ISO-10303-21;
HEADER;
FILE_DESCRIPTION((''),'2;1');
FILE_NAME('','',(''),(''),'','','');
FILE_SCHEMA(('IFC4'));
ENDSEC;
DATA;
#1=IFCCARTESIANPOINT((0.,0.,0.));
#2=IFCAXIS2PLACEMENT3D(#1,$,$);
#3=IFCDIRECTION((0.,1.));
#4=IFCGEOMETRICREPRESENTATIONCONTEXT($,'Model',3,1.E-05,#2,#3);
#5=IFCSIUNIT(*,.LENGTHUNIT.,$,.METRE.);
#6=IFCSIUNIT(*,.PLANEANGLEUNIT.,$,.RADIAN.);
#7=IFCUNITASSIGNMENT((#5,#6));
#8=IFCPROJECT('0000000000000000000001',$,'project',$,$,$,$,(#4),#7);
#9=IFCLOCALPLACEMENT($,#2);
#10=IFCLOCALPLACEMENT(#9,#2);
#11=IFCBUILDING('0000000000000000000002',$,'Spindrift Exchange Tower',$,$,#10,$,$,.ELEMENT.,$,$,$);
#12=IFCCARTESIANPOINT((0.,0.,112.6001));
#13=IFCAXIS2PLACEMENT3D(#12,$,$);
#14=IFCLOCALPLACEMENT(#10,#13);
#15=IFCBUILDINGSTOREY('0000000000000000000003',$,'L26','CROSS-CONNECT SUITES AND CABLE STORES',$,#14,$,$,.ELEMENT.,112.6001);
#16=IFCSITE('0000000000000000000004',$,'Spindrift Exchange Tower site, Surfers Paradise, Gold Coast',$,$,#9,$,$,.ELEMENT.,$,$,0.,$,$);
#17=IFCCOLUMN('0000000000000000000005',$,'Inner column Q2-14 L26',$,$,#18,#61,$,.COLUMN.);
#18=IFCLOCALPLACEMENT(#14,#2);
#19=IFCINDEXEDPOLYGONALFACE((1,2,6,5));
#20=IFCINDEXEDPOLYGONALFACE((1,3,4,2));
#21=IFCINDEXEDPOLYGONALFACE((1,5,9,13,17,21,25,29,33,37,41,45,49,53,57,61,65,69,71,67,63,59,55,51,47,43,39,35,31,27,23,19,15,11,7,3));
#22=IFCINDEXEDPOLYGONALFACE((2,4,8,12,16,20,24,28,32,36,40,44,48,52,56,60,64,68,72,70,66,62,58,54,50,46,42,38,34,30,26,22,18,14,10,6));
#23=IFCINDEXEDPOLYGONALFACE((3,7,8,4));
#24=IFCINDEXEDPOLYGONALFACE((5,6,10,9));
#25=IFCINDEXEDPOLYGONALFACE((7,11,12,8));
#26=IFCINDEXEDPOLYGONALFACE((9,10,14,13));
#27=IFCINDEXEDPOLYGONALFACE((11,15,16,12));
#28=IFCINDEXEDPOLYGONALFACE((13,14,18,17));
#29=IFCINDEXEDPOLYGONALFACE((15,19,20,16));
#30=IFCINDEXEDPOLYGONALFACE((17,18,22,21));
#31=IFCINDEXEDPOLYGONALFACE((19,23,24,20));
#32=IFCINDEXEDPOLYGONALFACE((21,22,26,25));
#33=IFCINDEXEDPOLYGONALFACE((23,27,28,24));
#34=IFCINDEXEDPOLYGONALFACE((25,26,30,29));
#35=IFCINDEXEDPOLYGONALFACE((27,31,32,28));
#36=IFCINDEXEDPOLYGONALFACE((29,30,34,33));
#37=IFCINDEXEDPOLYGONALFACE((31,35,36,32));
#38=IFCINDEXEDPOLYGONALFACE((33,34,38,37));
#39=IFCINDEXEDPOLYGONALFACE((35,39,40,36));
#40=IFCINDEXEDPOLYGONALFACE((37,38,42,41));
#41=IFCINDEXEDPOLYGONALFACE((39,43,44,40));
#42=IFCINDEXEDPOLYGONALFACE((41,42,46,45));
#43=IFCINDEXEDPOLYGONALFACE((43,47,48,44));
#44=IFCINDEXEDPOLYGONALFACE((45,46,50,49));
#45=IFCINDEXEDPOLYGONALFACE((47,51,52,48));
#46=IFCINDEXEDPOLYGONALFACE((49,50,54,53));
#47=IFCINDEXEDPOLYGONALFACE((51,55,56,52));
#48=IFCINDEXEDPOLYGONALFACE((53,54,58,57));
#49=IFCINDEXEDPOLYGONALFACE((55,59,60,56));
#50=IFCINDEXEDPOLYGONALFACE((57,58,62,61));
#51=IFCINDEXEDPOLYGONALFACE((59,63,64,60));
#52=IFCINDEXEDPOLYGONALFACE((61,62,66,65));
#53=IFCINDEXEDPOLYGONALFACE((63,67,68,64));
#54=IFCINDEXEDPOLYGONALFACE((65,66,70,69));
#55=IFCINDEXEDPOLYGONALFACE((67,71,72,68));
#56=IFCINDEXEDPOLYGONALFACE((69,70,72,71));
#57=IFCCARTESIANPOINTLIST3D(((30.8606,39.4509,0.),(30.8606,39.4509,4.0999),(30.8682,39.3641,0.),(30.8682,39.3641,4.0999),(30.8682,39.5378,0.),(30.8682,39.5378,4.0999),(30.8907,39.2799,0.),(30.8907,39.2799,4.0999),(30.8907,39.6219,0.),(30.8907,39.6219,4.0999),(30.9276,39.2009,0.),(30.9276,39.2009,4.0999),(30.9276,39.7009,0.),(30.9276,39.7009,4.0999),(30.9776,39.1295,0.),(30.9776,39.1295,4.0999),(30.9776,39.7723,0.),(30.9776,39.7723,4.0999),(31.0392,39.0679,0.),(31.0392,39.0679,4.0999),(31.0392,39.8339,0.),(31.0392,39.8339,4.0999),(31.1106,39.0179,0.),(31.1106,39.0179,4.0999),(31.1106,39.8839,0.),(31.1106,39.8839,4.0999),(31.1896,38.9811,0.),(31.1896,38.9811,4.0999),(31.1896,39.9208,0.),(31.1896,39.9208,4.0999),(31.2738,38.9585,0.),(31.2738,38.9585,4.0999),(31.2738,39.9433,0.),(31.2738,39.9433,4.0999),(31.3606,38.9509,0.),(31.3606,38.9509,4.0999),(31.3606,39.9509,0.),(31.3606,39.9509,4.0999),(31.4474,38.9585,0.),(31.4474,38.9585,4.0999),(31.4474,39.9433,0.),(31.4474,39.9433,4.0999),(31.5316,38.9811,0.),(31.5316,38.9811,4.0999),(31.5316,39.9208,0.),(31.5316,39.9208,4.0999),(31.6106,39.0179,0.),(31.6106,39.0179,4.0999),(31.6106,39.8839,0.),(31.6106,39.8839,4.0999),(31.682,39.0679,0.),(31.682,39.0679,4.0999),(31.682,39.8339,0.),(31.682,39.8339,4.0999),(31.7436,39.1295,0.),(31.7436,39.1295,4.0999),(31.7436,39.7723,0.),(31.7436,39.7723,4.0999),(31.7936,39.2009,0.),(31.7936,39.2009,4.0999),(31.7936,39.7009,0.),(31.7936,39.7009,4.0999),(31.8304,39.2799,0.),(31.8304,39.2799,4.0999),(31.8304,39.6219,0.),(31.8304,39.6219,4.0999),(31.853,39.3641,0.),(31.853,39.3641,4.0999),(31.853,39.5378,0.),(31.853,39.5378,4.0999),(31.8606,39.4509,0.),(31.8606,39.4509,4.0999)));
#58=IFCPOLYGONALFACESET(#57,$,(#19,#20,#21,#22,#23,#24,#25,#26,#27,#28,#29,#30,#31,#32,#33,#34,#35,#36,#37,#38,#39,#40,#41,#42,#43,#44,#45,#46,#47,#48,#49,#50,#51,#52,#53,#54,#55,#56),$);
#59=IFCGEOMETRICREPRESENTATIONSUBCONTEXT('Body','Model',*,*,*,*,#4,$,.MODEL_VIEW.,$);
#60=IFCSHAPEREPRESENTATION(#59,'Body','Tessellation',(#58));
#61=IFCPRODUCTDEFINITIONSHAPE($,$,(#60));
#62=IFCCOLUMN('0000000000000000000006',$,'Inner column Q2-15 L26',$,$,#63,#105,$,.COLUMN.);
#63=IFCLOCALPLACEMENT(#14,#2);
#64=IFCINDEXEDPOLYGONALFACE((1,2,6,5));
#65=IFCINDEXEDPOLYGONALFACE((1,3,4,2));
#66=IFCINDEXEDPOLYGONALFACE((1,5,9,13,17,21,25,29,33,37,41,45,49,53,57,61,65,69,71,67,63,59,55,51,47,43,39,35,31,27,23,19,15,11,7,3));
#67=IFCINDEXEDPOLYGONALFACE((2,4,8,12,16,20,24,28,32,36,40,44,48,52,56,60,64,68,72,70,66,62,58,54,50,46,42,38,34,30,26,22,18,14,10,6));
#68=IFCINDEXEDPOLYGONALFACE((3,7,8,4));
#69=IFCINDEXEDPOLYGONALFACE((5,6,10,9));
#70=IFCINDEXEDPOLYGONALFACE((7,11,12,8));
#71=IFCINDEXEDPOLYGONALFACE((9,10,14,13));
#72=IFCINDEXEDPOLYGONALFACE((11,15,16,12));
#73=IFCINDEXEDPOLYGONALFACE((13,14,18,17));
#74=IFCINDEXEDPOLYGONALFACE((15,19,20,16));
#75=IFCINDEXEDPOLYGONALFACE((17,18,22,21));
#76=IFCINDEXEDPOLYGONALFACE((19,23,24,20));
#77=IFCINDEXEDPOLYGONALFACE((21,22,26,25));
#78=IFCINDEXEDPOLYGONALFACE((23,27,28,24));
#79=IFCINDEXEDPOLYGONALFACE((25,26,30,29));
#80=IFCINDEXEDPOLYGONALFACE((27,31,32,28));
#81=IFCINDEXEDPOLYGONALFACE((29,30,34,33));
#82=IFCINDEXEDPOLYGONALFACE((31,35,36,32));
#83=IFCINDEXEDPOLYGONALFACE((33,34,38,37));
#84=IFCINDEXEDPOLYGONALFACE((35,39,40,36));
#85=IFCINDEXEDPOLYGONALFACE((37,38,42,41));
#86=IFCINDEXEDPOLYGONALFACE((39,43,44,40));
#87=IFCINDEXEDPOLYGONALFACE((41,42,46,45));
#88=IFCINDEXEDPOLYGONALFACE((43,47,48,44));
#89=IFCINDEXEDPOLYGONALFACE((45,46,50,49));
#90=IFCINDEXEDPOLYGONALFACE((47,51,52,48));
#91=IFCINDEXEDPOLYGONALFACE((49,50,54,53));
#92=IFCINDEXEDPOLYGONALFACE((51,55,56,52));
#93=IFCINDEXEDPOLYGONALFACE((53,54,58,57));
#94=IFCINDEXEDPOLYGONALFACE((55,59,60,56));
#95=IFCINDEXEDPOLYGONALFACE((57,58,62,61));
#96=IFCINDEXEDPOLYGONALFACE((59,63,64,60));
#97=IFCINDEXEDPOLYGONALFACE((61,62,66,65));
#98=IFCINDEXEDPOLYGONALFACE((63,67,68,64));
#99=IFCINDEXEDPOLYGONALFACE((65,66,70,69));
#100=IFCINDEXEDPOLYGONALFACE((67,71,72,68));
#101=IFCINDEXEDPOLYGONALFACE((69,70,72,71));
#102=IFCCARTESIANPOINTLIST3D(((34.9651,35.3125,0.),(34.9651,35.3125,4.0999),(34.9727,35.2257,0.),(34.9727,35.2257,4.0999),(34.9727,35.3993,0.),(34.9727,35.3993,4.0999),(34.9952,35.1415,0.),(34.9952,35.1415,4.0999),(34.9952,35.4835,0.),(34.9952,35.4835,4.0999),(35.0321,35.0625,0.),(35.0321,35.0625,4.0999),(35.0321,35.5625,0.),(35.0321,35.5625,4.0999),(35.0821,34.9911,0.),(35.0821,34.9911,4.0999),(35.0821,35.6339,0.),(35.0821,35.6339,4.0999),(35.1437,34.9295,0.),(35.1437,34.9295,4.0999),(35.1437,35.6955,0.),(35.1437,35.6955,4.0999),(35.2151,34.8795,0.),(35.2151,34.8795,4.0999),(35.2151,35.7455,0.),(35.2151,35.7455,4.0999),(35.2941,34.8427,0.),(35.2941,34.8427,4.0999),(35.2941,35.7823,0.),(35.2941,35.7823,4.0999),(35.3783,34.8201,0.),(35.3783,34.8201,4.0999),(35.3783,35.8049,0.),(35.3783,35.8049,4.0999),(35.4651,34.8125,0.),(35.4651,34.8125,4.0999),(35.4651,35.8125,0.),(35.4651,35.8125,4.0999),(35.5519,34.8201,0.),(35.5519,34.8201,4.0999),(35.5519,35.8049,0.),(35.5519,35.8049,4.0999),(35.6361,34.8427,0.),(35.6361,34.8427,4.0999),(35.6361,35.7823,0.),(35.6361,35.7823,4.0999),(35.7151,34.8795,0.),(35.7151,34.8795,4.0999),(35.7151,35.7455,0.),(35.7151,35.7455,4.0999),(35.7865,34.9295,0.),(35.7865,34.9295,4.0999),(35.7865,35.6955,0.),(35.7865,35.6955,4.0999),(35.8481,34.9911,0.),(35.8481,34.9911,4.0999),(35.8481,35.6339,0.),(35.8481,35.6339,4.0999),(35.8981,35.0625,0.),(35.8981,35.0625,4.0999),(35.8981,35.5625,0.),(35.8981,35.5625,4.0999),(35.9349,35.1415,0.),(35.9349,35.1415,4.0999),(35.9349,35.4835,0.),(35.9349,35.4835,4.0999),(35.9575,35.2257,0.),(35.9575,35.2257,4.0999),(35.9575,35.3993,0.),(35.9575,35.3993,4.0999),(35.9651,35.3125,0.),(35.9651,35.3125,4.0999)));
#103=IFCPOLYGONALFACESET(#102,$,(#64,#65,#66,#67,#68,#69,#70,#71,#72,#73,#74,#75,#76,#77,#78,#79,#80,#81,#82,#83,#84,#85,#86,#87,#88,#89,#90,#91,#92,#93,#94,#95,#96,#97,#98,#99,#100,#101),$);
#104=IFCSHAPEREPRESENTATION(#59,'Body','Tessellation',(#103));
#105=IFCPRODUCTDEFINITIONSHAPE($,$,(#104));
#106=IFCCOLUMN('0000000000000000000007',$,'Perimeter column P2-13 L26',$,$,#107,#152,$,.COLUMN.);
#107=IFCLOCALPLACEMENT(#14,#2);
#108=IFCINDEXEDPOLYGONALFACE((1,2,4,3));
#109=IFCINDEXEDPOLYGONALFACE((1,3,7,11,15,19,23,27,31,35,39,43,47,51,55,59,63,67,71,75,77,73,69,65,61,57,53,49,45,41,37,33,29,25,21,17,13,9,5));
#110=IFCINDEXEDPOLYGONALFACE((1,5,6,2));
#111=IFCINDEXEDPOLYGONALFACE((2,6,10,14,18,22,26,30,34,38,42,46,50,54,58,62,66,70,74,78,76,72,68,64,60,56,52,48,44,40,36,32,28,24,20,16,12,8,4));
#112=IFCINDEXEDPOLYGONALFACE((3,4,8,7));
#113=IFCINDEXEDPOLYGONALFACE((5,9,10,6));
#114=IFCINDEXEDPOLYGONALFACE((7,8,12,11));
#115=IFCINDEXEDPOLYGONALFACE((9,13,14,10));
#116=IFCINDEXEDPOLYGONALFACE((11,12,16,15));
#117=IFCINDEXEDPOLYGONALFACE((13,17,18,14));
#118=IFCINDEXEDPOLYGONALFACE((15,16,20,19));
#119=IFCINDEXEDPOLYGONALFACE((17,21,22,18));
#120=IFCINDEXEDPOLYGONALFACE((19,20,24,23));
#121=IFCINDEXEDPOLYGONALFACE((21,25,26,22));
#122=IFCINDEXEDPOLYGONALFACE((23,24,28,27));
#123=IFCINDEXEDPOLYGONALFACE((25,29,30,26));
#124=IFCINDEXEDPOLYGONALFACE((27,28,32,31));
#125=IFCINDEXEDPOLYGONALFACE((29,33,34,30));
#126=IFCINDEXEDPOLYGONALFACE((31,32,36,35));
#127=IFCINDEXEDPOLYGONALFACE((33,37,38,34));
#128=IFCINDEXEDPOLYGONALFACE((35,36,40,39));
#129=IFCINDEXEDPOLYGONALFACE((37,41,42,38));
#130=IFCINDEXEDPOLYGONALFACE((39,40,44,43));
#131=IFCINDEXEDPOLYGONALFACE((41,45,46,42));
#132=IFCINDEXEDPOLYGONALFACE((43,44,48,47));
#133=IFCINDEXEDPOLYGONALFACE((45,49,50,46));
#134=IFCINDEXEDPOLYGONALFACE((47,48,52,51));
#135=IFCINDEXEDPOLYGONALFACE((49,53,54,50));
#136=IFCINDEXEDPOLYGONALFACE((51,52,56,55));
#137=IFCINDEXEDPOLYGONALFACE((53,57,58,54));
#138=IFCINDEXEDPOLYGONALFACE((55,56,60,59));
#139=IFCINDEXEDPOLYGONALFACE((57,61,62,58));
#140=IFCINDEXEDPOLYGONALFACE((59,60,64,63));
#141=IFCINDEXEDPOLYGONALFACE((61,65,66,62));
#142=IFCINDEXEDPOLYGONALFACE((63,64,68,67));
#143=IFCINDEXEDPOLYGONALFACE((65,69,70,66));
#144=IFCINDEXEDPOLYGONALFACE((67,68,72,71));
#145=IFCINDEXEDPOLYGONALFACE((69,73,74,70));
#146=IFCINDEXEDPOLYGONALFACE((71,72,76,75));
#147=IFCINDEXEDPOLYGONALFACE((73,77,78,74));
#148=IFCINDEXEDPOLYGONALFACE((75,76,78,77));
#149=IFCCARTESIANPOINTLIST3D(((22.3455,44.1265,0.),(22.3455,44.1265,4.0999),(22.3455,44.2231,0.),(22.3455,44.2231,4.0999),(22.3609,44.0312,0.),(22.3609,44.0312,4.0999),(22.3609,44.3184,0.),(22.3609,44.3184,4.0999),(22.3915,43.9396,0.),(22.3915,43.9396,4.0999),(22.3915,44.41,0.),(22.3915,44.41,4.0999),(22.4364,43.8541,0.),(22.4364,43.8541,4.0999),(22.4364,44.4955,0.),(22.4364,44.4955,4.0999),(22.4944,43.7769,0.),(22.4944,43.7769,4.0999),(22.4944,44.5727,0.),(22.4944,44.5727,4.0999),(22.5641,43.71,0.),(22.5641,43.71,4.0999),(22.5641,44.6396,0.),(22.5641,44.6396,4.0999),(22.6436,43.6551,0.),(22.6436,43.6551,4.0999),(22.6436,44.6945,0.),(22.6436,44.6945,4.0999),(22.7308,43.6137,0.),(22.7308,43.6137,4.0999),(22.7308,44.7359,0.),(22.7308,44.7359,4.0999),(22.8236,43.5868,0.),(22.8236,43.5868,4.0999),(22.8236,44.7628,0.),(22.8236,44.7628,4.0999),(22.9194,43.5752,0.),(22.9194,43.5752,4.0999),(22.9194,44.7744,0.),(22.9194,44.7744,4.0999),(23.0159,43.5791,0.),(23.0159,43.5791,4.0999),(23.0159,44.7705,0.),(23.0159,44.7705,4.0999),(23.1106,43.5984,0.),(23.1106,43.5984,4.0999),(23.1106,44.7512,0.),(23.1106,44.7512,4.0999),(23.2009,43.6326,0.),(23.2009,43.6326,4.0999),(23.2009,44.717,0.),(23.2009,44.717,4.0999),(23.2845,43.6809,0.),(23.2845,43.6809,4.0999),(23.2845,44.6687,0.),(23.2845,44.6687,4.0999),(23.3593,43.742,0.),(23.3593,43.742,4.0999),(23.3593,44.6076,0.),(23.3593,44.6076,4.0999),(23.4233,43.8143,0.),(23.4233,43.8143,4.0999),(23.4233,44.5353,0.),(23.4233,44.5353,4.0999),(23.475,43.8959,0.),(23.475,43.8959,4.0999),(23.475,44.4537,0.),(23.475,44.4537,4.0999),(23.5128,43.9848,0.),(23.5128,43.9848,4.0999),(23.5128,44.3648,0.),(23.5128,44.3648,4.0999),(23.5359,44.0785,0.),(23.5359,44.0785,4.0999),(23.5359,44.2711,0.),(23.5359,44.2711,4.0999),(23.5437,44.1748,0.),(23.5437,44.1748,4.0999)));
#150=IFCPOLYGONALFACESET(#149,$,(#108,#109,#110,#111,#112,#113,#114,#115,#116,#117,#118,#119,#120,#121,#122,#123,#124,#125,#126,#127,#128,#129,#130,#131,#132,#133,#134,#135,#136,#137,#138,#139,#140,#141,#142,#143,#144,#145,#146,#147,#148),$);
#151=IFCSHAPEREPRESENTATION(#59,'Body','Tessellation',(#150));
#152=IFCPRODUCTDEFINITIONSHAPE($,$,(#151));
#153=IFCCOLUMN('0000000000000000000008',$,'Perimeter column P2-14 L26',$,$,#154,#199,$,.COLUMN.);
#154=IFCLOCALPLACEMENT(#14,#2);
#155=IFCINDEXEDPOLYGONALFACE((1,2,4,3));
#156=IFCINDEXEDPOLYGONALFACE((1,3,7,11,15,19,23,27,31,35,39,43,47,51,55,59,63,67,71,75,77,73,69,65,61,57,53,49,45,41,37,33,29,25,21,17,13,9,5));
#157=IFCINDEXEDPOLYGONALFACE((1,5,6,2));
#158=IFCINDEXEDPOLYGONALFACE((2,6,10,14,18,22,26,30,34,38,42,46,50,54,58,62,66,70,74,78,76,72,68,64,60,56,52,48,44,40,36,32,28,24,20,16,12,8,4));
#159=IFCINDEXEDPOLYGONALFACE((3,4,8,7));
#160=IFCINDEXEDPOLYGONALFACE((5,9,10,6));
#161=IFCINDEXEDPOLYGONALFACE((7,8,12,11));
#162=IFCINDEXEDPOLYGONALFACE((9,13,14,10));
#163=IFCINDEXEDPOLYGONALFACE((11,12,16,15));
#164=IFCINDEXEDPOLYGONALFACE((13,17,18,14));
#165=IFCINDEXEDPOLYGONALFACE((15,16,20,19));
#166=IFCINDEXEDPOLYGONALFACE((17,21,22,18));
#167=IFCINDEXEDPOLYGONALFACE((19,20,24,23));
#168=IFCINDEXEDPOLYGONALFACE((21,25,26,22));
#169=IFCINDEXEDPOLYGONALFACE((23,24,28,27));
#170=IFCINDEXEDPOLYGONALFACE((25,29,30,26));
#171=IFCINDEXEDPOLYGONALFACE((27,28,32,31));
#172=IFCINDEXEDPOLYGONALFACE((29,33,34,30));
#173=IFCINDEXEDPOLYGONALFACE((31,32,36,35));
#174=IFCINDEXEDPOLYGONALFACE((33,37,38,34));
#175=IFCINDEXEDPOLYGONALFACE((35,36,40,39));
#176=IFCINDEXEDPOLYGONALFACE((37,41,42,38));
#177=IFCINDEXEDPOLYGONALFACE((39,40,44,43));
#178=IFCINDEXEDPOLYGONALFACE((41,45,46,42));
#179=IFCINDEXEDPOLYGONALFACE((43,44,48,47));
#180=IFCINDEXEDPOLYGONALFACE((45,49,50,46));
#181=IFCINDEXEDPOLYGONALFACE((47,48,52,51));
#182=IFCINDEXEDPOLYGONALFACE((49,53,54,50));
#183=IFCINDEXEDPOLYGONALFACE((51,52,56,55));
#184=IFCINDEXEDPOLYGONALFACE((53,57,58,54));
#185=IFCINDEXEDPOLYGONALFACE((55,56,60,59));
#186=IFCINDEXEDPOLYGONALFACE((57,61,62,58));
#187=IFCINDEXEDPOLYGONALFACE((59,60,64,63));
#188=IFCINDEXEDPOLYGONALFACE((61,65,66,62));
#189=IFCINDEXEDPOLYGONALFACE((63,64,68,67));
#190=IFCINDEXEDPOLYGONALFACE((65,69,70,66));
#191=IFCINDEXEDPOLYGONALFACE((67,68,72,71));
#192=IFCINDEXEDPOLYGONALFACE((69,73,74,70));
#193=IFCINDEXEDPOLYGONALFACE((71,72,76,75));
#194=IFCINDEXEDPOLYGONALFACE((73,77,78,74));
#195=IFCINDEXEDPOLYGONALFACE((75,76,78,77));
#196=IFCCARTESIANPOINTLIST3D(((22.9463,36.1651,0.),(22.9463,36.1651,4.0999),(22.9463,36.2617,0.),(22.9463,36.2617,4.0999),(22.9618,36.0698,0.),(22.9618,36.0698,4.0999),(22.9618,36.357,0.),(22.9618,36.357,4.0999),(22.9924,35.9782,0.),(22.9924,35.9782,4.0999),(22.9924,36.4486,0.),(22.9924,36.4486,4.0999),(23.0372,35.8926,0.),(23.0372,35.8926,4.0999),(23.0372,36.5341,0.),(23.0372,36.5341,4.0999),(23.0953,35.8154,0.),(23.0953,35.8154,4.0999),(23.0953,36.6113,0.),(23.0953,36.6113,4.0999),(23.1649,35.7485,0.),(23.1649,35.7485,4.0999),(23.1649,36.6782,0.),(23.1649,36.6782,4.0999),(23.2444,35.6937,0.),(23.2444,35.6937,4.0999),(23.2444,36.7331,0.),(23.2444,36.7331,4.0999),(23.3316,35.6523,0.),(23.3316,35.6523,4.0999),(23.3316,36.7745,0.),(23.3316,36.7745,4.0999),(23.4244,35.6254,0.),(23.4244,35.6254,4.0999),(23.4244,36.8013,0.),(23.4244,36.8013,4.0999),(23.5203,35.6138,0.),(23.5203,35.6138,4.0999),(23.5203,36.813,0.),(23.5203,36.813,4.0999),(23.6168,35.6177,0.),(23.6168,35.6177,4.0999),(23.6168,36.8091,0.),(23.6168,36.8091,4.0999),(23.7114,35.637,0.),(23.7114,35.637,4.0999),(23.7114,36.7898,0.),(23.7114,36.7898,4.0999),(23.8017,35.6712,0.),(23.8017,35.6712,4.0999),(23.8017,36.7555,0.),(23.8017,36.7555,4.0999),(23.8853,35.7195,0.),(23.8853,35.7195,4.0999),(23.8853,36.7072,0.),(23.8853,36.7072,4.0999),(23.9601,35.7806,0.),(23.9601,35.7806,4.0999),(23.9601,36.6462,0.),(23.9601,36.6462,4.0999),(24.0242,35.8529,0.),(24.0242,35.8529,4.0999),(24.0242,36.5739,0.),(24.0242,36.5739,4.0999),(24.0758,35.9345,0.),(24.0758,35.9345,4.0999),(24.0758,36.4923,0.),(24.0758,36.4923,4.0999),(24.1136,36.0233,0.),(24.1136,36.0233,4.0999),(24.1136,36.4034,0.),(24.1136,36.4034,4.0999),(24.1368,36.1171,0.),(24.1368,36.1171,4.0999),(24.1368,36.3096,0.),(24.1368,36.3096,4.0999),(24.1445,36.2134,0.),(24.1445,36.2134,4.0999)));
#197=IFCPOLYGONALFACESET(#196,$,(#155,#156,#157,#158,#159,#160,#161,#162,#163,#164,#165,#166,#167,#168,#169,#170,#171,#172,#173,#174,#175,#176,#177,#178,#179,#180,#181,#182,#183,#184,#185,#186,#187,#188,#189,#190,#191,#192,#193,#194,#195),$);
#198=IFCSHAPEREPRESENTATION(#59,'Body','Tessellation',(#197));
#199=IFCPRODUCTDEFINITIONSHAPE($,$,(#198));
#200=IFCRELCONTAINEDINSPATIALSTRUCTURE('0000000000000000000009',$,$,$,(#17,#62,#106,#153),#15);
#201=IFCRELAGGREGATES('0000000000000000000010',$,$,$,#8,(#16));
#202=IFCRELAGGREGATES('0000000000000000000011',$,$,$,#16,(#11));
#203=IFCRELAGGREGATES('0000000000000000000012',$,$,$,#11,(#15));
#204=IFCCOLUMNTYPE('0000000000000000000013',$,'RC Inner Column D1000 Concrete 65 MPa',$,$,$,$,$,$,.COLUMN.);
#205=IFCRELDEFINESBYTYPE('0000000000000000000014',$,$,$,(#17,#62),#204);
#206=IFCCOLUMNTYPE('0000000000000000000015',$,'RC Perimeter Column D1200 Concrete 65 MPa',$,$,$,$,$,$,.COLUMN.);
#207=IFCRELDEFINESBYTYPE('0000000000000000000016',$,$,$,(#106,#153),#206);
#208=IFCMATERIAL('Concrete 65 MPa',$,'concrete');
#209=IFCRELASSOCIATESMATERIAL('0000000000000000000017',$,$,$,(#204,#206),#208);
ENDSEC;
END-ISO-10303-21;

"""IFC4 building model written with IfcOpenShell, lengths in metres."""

from ifc_helpers import new_model, si_unit, direction, frame, origin, origin_2d, place, context, subcontext, project, spatial, circle, extrude, source, transform, mapped, material, material_profile, profile_set, type_object, element, save


model = new_model("IFC4")

# Units and contexts
model_context = context("Model", 3, precision=1e-05, world=origin(), true_north=direction((0.0, 1.0)))
body_context = subcontext(model_context, "Body", "Model", "MODEL_VIEW")
ifc_project = project(units=[si_unit("LENGTHUNIT", "METRE"), si_unit("PLANEANGLEUNIT", "RADIAN")], contexts=[model_context])

# Site, building, storey
site_placement = place(None, origin())
site = spatial("IfcSite", under=ifc_project, at=site_placement, Name="Spindrift Exchange Tower site, Surfers Paradise, Gold Coast", CompositionType="ELEMENT", RefElevation=0.0)
building_placement = place(site_placement, origin())
building = spatial("IfcBuilding", under=site, at=building_placement, Name="Spindrift Exchange Tower", CompositionType="ELEMENT")
storey_placement = place(building_placement, frame((0.0, 0.0, 112.6001)))
storey = spatial("IfcBuildingStorey", under=building, at=storey_placement, Name="L26", Description="CROSS-CONNECT SUITES AND CABLE STORES", CompositionType="ELEMENT", Elevation=112.6001)

# Columns
ifc_material_1 = material(Name="Concrete 65 MPa", Category="concrete")
ifc_material_profile_1 = material_profile(ifc_material_1, circle(Radius=0.5, at=origin_2d()), Name="RC D1000")
ifc_profile_set_1 = profile_set([ifc_material_profile_1], Name="Concrete 65 MPa")
column_type_1 = type_object("IfcColumnType", Name="RC Inner Column D1000 Concrete 65 MPa", PredefinedType="COLUMN", material=ifc_profile_set_1)
shared_shape_1 = source(origin(), body_context, "Body", "SweptSolid", [
    extrude(circle(Radius=0.5, at=origin_2d()), origin(), (0.0, 0.0, 1.0), 4.0999),
])
for number, where, z_axis, x_axis, name in (
    (1, (31.3606, 39.4509, 0.0), (0.0, 0.0, 1.0), (1.0, 0.0, 0.0), "Inner column Q2-14 L26"),
    (2, (35.4651, 35.3125, 0.0), (0.0, 0.0, 1.0), (1.0, 0.0, 0.0), "Inner column Q2-15 L26"),
):
    element("IfcColumn", number, at=place(storey_placement, frame(where, z_axis=z_axis, x_axis=x_axis)), inside=storey, type_object=column_type_1, Name=name, PredefinedType="COLUMN", context=body_context, shape_type="MappedRepresentation", body=[
        mapped(shared_shape_1, transform((0.0, 0.0, 0.0), scale=1.0)),
    ])
ifc_material_profile_2 = material_profile(ifc_material_1, circle(Radius=0.6001, at=origin_2d()), Name="RC D1200")
ifc_profile_set_2 = profile_set([ifc_material_profile_2], Name="Concrete 65 MPa")
column_type_2 = type_object("IfcColumnType", Name="RC Perimeter Column D1200 Concrete 65 MPa", PredefinedType="COLUMN", material=ifc_profile_set_2)
shared_shape_2 = source(origin(), body_context, "Body", "SweptSolid", [
    extrude(circle(Radius=0.6001, at=origin_2d()), origin(), (0.0, 0.0, 1.0), 4.0999),
])
for number, where, z_axis, x_axis, name in (
    (3, (22.9436, 44.1748, 0.0), (0.0, 0.0, 1.0), (1.0, 0.0, 0.0), "Perimeter column P2-13 L26"),
    (4, (23.5444, 36.2134, 0.0), (0.0, 0.0, 1.0), (1.0, 0.0, 0.0), "Perimeter column P2-14 L26"),
):
    element("IfcColumn", number, at=place(storey_placement, frame(where, z_axis=z_axis, x_axis=x_axis)), inside=storey, type_object=column_type_2, Name=name, PredefinedType="COLUMN", context=body_context, shape_type="MappedRepresentation", body=[
        mapped(shared_shape_2, transform((0.0, 0.0, 0.0), scale=1.0)),
    ])

save(model, "model.ifc")
